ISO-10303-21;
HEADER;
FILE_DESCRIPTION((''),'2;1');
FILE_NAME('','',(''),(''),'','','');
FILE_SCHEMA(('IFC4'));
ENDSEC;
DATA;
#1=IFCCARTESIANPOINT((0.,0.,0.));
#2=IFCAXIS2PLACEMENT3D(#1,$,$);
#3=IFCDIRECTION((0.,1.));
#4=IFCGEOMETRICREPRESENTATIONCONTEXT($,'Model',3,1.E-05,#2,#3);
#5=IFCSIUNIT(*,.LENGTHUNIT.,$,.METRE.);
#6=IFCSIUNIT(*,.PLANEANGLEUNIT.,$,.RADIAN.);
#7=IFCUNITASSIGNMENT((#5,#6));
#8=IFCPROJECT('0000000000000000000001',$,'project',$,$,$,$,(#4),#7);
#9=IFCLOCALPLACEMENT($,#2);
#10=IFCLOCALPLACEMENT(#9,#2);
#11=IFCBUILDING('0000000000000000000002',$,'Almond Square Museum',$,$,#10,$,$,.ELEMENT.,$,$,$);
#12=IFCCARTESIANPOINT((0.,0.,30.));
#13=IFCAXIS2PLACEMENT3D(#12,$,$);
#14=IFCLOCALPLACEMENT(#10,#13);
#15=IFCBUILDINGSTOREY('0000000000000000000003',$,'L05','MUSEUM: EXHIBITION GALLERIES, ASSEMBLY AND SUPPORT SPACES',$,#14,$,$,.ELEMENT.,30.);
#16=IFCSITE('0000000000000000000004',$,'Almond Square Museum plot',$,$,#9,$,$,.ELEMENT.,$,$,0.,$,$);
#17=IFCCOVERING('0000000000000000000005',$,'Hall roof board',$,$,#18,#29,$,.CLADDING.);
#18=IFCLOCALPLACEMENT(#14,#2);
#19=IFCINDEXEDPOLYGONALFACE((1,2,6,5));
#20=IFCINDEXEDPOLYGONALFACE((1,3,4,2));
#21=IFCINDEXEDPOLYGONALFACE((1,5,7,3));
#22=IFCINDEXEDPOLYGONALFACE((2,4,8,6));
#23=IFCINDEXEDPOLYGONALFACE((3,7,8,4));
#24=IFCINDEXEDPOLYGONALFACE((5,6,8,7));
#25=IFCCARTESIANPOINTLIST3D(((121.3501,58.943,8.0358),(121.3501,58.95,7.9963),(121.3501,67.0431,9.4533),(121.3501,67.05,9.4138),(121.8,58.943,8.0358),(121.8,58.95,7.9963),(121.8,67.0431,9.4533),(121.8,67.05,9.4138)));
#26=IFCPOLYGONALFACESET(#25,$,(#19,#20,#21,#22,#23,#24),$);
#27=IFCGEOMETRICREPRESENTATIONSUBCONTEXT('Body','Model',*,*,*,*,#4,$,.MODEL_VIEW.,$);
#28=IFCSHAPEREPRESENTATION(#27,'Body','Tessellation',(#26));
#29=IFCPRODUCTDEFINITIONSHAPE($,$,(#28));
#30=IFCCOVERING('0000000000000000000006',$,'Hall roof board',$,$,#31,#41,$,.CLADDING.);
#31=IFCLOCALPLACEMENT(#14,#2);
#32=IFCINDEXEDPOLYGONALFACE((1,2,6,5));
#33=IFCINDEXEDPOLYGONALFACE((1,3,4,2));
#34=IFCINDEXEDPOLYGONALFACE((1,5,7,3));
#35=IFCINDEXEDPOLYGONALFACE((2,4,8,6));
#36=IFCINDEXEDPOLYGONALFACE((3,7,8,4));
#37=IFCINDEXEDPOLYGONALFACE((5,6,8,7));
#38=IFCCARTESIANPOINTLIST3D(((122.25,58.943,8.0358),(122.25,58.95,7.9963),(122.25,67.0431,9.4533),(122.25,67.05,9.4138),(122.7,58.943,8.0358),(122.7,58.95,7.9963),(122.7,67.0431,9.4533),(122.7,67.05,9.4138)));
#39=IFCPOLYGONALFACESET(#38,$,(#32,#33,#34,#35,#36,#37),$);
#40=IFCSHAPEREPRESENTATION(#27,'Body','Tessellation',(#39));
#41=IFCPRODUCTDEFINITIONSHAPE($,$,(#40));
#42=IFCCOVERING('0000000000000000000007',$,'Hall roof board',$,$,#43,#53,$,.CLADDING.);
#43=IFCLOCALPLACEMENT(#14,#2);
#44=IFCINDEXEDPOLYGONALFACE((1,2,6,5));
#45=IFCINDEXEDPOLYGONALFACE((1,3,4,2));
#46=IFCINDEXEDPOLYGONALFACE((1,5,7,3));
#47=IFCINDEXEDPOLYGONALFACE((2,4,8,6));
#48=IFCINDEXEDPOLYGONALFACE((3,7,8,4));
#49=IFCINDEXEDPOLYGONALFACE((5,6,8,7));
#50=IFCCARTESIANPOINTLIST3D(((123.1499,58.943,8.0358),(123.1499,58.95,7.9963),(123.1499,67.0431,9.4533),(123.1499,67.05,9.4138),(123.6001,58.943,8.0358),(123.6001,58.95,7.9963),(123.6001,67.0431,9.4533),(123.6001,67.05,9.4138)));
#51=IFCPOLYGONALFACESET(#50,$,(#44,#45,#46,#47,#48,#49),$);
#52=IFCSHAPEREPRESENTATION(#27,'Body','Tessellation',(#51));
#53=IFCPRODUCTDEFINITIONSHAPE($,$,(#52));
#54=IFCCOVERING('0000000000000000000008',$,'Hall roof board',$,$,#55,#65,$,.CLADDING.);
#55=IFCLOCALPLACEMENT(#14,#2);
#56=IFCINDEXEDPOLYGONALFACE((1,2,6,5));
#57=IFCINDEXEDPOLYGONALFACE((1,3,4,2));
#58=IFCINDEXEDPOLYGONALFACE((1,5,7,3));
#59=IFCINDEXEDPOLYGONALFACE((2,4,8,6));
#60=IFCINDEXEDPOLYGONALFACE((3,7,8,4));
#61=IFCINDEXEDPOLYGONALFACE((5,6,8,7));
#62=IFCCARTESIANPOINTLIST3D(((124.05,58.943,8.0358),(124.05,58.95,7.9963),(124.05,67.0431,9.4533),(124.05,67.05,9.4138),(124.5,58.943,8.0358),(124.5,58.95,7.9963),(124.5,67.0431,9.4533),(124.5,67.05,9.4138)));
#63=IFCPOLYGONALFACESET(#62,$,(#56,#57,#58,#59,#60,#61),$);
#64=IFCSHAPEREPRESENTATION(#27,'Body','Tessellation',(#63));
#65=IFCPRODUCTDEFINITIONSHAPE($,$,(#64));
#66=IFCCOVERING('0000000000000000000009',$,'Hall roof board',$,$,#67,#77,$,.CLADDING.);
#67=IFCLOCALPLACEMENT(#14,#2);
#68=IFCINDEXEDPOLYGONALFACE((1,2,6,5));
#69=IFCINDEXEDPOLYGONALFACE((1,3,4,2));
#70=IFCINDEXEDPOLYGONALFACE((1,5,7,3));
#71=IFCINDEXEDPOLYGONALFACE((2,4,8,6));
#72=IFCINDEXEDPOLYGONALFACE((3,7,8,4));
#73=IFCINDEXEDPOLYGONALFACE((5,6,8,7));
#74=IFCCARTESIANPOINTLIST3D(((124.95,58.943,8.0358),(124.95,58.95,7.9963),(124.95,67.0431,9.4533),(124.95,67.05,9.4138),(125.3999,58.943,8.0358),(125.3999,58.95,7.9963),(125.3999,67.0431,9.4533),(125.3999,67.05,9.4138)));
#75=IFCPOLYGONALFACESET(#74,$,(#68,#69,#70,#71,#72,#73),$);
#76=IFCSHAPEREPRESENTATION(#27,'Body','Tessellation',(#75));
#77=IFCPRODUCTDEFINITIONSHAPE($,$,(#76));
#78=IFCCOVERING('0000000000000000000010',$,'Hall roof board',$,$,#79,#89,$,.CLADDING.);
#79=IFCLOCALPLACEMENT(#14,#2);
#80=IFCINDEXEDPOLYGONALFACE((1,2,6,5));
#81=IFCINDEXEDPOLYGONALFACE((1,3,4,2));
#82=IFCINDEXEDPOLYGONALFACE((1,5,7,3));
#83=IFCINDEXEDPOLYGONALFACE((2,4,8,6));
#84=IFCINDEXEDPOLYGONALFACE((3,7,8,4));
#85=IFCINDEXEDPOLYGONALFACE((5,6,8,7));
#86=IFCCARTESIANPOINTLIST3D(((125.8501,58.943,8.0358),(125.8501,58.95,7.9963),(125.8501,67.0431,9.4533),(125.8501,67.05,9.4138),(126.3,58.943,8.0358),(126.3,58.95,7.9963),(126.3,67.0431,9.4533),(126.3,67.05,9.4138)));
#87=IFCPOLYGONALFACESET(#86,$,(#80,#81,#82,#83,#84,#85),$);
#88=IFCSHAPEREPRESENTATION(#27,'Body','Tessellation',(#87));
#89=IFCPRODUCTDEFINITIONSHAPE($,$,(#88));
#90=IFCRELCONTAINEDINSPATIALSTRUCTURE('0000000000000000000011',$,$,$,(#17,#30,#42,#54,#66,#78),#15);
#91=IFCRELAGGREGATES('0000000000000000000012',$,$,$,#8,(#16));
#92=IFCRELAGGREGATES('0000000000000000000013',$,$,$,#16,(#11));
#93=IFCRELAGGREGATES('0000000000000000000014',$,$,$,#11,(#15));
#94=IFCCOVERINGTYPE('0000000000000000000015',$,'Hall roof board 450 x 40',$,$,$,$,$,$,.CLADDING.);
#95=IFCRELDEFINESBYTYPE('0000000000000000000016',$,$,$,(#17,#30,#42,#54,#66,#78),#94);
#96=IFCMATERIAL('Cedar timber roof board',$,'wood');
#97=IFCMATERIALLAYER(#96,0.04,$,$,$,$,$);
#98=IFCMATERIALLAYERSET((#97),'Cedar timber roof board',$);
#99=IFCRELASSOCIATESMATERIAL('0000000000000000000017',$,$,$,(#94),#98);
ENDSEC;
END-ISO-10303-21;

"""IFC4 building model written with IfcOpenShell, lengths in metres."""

from ifc_helpers import new_model, si_unit, direction, frame, origin, place, context, subcontext, project, spatial, polyline, outline, extrude, material, layer, layer_set, type_object, element, save


model = new_model("IFC4")

# Units and contexts
model_context = context("Model", 3, precision=1e-05, world=origin(), true_north=direction((0.0, 1.0)))
body_context = subcontext(model_context, "Body", "Model", "MODEL_VIEW")
ifc_project = project(units=[si_unit("LENGTHUNIT", "METRE"), si_unit("PLANEANGLEUNIT", "RADIAN")], contexts=[model_context])

# Site, building, storey
site_placement = place(None, origin())
site = spatial("IfcSite", under=ifc_project, at=site_placement, Name="Almond Square Museum plot", CompositionType="ELEMENT", RefElevation=0.0)
building_placement = place(site_placement, origin())
building = spatial("IfcBuilding", under=site, at=building_placement, Name="Almond Square Museum", CompositionType="ELEMENT")
storey_placement = place(building_placement, frame((0.0, 0.0, 30.0)))
storey = spatial("IfcBuildingStorey", under=building, at=storey_placement, Name="L05", Description="MUSEUM: EXHIBITION GALLERIES, ASSEMBLY AND SUPPORT SPACES", CompositionType="ELEMENT", Elevation=30.0)

# Coverings
ifc_material_1 = material(Name="Cedar timber roof board", Category="wood")
ifc_layer = layer(ifc_material_1, 0.04)
ifc_layer_set = layer_set([ifc_layer], Name="Cedar timber roof board")
covering_type = type_object("IfcCoveringType", Name="Hall roof board 450 x 40", PredefinedType="CLADDING", material=ifc_layer_set)
for number, where, z_axis, x_axis, name in (
    (1, (121.8, 67.05, 9.4138), (0.0, -0.172376, 0.985031), (-1.0, 0.0, 0.0), "Hall roof board"),
    (2, (122.7, 67.05, 9.4138), (0.0, -0.172376, 0.985031), (-1.0, 0.0, 0.0), "Hall roof board"),
):
    element("IfcCovering", number, at=place(storey_placement, frame(where, z_axis=z_axis, x_axis=x_axis)), inside=storey, type_object=covering_type, Name=name, PredefinedType="CLADDING", context=body_context, shape_type="SweptSolid", body=[
        extrude(outline(polyline([(0.0, 0.0), (0.45, 0.0), (0.45, 8.2232), (0.0, 8.2232), (0.0, 0.0)])), origin(), (0.0, 0.0, 1.0), 0.04),
    ])
covering_placement = place(storey_placement, frame((123.6001, 67.05, 9.4138), z_axis=(0.0, -0.172376, 0.985031), x_axis=(-1.0, 0.0, 0.0)))
element("IfcCovering", 3, at=covering_placement, inside=storey, type_object=covering_type, Name="Hall roof board", PredefinedType="CLADDING", context=body_context, shape_type="SweptSolid", body=[
    extrude(outline(polyline([(0.0, 0.0), (0.4502, 0.0), (0.4502, 8.2232), (0.0, 8.2232), (0.0, 0.0)])), origin(), (0.0, 0.0, 1.0), 0.04),
])
for number, where, z_axis, x_axis, name in (
    (4, (124.5, 67.05, 9.4138), (0.0, -0.172376, 0.985031), (-1.0, 0.0, 0.0), "Hall roof board"),
    (5, (125.3999, 67.05, 9.4138), (0.0, -0.172376, 0.985031), (-1.0, 0.0, 0.0), "Hall roof board"),
    (6, (126.3, 67.05, 9.4138), (0.0, -0.172376, 0.985031), (-1.0, 0.0, 0.0), "Hall roof board"),
):
    element("IfcCovering", number, at=place(storey_placement, frame(where, z_axis=z_axis, x_axis=x_axis)), inside=storey, type_object=covering_type, Name=name, PredefinedType="CLADDING", context=body_context, shape_type="SweptSolid", body=[
        extrude(outline(polyline([(0.0, 0.0), (0.45, 0.0), (0.45, 8.2232), (0.0, 8.2232), (0.0, 0.0)])), origin(), (0.0, 0.0, 1.0), 0.04),
    ])

save(model, "model.ifc")
